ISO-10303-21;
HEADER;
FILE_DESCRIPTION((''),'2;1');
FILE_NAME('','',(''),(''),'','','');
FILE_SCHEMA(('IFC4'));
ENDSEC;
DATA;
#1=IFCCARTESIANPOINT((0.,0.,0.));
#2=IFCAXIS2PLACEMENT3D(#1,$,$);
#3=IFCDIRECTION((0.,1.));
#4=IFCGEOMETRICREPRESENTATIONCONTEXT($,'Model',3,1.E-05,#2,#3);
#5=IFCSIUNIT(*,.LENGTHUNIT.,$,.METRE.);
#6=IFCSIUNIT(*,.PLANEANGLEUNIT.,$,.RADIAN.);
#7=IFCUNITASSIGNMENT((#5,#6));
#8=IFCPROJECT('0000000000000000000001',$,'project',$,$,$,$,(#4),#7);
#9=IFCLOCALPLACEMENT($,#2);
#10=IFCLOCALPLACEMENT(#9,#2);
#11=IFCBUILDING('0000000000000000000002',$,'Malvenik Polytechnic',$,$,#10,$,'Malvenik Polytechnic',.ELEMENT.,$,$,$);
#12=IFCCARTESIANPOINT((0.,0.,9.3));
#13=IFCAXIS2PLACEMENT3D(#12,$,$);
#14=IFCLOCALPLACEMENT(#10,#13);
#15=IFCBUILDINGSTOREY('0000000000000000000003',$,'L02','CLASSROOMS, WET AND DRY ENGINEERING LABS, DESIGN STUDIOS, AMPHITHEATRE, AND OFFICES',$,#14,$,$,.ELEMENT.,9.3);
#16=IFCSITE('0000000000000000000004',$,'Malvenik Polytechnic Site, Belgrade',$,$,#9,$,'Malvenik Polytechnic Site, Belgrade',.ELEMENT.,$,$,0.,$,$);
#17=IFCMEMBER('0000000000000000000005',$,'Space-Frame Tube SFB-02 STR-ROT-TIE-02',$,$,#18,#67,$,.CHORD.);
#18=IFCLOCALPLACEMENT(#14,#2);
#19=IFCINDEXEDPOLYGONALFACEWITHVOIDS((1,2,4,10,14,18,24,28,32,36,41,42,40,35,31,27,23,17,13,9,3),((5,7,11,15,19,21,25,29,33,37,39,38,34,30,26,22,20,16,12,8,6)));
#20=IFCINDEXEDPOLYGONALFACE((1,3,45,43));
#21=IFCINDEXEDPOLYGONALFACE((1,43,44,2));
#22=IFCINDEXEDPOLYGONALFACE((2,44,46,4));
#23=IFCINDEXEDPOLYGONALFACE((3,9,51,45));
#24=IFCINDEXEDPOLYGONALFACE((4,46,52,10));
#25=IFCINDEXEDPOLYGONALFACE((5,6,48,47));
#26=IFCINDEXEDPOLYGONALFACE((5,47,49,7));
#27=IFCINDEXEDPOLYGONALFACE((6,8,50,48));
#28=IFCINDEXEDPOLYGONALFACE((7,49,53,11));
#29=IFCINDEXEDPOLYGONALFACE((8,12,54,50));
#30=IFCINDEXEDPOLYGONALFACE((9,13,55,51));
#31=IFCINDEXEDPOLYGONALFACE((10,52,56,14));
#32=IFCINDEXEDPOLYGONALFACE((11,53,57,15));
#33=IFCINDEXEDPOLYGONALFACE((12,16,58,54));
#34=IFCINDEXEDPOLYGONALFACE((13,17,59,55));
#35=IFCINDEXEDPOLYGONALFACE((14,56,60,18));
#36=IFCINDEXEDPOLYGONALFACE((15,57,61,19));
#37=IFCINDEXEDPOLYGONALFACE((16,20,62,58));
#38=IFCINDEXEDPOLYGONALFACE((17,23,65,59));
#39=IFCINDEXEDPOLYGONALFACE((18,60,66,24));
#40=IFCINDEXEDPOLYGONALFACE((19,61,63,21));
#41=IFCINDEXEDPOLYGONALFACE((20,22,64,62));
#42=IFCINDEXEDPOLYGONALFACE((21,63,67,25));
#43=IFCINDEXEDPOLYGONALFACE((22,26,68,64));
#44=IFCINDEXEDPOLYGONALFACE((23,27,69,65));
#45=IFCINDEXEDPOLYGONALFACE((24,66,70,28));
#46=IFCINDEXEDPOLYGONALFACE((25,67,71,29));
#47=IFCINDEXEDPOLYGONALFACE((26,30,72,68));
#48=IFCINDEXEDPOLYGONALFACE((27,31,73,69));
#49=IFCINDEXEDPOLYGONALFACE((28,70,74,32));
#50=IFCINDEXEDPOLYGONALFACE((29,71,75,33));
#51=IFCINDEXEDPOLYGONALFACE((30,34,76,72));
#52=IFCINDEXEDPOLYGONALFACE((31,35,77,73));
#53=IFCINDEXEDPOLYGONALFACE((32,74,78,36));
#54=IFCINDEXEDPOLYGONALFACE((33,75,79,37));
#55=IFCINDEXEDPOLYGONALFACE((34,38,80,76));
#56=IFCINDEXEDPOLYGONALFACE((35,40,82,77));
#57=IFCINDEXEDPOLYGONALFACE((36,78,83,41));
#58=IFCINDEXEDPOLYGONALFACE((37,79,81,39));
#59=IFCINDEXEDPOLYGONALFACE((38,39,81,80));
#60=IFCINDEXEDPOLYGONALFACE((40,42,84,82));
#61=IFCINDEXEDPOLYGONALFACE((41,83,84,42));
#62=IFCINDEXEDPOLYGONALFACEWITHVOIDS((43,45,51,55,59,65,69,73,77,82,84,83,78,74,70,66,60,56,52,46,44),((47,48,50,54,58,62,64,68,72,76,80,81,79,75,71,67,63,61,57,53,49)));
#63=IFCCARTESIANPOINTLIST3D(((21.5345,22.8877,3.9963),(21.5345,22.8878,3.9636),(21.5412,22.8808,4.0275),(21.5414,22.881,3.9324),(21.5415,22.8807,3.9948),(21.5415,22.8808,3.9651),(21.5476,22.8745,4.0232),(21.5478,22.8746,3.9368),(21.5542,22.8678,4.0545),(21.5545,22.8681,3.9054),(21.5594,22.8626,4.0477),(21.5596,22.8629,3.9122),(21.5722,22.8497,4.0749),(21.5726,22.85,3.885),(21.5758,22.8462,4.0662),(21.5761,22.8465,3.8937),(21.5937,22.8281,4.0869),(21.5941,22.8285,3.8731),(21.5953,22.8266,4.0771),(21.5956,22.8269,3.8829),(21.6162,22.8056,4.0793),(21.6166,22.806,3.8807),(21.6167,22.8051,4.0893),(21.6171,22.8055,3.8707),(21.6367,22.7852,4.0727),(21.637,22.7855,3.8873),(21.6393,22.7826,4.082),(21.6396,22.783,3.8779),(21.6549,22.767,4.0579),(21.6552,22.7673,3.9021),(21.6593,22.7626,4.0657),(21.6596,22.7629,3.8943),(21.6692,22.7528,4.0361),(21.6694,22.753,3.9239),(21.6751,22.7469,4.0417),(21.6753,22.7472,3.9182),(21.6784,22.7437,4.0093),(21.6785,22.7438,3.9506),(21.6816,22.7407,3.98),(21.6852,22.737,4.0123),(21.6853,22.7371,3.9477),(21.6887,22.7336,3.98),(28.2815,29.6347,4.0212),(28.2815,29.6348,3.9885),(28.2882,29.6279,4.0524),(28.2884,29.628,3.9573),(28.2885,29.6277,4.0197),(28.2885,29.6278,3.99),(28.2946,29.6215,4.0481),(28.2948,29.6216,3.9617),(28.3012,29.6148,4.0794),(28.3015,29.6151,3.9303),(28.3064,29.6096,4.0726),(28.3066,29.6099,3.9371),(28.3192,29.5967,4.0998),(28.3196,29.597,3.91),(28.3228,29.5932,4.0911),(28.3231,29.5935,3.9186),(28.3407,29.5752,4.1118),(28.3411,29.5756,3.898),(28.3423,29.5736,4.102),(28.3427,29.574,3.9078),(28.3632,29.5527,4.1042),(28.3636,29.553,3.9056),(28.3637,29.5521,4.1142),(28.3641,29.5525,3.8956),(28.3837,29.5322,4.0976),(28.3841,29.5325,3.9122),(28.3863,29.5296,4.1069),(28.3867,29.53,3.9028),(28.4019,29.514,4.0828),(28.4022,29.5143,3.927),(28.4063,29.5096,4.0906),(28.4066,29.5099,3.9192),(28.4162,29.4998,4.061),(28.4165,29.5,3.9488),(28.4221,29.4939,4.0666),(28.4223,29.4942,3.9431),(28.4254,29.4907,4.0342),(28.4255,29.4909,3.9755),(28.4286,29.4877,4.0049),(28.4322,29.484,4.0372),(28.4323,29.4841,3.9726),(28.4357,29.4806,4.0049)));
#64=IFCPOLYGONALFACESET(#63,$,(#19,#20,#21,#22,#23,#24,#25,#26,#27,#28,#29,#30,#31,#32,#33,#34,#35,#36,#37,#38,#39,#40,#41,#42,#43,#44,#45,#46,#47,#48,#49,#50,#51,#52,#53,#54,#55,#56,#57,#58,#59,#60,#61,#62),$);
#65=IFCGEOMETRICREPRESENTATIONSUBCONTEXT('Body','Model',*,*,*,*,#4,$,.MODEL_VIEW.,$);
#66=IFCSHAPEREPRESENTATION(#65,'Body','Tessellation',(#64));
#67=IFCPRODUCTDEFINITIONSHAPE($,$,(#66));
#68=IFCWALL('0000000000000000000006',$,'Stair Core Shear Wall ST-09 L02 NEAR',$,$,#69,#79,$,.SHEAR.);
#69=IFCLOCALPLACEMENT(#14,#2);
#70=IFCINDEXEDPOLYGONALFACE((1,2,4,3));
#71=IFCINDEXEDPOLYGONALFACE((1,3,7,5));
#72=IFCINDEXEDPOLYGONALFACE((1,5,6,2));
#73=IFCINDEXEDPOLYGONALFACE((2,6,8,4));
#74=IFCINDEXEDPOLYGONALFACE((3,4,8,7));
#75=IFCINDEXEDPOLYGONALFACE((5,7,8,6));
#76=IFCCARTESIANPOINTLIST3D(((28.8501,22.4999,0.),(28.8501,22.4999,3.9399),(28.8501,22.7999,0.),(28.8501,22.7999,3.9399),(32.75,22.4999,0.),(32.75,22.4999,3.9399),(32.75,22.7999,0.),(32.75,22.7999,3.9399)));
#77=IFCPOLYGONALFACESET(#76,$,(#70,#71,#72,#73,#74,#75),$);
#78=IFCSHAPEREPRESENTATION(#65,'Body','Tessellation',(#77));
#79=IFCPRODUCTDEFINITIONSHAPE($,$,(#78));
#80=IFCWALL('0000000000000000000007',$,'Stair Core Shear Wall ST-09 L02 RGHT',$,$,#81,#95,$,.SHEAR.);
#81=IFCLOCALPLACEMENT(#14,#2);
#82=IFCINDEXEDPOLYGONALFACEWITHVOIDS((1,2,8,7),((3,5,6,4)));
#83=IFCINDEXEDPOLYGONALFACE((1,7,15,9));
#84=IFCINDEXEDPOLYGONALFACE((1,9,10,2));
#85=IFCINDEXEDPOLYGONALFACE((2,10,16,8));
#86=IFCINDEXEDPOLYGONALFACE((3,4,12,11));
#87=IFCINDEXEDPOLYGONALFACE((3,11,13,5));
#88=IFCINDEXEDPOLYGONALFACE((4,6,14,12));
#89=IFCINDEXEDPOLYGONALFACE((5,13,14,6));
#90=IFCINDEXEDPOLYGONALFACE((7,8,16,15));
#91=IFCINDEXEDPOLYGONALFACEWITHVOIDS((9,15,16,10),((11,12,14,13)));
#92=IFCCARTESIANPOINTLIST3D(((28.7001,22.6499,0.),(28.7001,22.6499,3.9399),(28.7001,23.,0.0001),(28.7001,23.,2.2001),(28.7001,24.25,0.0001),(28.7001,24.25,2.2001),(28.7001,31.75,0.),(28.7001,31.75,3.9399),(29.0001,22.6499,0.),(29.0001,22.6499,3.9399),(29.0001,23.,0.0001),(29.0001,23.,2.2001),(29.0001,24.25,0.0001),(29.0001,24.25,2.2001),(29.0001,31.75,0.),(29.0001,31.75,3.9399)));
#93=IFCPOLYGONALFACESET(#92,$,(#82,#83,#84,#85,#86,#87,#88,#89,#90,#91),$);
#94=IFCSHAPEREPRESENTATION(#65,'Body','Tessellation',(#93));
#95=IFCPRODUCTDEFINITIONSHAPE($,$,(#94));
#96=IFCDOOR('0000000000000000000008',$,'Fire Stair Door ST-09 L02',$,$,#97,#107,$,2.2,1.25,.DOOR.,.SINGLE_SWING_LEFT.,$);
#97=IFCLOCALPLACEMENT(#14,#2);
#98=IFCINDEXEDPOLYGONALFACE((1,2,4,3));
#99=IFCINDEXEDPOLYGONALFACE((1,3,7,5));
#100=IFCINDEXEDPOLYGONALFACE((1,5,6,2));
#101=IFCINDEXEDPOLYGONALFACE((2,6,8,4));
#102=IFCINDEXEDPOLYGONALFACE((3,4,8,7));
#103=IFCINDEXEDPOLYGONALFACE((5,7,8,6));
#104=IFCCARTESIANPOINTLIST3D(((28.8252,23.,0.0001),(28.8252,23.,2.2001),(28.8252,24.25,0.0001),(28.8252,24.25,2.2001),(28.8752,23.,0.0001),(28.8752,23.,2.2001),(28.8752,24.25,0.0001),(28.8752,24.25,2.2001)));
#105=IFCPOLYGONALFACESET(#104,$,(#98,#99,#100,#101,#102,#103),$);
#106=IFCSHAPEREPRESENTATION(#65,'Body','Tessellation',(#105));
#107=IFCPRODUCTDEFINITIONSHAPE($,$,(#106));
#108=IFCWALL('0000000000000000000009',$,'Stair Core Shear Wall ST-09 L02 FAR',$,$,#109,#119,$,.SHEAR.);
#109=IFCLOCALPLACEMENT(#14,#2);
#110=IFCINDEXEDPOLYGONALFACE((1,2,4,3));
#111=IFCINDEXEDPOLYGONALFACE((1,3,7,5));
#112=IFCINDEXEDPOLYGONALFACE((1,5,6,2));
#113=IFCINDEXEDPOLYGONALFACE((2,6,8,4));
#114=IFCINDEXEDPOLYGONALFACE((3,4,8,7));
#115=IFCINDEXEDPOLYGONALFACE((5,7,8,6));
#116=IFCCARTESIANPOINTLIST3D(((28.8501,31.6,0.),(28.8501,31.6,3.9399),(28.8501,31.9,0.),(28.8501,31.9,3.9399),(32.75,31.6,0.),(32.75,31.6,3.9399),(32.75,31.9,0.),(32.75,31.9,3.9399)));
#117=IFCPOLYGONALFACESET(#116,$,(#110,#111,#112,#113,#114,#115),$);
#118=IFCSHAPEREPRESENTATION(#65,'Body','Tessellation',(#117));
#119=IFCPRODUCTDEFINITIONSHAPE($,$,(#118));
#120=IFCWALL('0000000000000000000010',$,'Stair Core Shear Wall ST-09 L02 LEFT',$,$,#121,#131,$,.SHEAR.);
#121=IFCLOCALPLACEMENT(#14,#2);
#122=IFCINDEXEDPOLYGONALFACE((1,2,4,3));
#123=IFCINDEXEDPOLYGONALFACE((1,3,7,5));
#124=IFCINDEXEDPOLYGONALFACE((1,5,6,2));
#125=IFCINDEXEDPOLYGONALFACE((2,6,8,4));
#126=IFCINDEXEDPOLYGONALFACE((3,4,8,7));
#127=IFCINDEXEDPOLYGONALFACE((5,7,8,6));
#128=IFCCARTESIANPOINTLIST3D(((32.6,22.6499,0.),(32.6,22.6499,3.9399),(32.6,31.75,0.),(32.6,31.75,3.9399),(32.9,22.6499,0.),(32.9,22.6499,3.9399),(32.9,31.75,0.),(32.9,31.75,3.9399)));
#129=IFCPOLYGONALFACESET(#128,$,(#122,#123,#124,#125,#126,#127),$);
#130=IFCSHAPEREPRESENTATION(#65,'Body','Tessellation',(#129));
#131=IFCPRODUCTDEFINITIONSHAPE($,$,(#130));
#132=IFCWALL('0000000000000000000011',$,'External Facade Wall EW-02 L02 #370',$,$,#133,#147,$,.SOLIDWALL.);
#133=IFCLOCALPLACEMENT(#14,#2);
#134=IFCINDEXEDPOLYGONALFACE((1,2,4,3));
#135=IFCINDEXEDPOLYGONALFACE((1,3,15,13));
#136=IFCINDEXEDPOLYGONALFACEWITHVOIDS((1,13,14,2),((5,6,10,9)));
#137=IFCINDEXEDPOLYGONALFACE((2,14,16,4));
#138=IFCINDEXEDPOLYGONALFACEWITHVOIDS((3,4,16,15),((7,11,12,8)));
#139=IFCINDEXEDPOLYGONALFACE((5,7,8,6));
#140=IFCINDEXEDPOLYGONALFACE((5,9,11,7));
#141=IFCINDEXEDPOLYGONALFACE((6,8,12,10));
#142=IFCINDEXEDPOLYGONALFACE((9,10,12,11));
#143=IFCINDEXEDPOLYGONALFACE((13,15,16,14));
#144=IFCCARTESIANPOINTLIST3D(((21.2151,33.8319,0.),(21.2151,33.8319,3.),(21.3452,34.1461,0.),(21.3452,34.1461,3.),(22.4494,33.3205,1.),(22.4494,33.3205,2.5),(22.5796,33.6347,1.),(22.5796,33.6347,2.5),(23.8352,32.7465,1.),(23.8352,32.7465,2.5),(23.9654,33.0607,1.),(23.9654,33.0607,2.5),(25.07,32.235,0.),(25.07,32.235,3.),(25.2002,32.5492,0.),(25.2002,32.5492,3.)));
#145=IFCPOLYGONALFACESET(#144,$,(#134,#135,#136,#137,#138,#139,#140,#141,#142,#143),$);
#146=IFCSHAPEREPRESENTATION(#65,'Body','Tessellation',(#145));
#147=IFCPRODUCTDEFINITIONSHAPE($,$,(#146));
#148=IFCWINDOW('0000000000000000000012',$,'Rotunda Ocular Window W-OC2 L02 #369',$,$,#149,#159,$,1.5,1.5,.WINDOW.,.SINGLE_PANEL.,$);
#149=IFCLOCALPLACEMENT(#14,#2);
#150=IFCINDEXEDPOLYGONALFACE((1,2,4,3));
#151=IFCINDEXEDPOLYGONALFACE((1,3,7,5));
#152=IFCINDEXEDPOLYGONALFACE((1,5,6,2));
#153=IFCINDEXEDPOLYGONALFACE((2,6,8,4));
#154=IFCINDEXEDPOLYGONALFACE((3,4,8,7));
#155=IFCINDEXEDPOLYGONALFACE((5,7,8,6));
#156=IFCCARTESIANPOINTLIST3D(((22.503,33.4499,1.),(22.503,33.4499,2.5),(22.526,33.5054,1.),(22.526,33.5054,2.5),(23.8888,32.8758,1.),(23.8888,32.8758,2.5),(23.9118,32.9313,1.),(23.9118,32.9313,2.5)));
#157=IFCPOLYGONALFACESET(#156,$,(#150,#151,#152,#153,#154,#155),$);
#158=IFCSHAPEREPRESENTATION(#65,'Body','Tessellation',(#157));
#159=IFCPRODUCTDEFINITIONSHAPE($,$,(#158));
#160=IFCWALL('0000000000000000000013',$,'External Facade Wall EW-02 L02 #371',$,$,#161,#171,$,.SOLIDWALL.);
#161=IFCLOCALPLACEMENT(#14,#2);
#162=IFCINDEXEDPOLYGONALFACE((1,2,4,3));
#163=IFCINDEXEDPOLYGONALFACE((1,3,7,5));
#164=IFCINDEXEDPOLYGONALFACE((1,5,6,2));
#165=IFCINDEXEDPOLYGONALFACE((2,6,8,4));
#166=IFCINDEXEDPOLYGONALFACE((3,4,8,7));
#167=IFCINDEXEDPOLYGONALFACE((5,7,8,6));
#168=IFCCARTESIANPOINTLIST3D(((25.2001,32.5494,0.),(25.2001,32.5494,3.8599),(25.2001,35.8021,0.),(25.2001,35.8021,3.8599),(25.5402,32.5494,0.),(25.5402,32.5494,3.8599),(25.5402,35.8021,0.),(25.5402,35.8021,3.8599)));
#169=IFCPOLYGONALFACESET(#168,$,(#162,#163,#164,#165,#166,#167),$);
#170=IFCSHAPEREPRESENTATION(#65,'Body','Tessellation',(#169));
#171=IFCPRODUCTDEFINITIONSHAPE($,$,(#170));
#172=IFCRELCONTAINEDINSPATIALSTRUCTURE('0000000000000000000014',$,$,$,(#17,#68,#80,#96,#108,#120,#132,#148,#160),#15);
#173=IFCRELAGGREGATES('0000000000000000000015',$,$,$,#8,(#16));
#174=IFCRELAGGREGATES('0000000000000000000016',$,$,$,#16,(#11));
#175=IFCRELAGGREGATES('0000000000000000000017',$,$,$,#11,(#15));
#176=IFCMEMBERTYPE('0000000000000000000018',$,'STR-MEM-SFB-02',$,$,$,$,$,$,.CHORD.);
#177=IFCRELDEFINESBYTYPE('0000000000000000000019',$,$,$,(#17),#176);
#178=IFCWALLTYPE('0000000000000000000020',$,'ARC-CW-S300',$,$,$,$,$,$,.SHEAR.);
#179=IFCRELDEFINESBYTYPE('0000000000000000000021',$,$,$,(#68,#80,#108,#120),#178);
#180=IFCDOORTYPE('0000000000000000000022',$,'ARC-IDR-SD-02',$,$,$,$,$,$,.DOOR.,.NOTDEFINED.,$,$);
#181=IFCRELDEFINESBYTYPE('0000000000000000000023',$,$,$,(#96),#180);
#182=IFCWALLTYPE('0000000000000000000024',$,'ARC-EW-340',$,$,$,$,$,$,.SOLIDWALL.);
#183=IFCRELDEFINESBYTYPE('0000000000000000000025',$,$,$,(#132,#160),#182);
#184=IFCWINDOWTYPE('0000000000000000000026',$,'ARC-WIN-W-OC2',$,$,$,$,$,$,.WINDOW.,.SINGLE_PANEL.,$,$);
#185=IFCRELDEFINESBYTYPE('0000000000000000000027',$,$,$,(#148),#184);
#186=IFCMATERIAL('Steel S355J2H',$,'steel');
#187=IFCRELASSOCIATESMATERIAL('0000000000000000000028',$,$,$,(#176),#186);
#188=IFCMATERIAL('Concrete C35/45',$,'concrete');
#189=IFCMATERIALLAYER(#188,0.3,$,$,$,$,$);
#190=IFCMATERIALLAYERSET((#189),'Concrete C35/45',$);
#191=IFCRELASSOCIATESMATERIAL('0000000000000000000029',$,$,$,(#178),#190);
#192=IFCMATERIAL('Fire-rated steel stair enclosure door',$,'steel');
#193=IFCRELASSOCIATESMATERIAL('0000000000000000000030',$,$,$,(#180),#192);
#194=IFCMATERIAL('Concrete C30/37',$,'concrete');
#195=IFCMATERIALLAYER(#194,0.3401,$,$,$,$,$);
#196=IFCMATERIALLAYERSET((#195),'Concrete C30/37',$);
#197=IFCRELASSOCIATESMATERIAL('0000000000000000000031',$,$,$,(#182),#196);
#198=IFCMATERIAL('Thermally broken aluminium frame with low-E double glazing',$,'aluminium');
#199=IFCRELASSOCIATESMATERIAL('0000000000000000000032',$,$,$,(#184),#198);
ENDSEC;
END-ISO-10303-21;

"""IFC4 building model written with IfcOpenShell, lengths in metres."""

from ifc_helpers import new_model, si_unit, direction, frame, frame_2d, origin, origin_2d, place, context, subcontext, project, spatial, rectangle, hollow_circle, extrude, material, layer, layer_set, material_profile, profile_set, type_object, element, fill, save


model = new_model("IFC4")

# Units and contexts
model_context = context("Model", 3, precision=1e-05, world=origin(), true_north=direction((0.0, 1.0)))
body_context = subcontext(model_context, "Body", "Model", "MODEL_VIEW")
ifc_project = project(units=[si_unit("LENGTHUNIT", "METRE"), si_unit("PLANEANGLEUNIT", "RADIAN")], contexts=[model_context])

# Site, building, storey
site_placement = place(None, origin())
site = spatial("IfcSite", under=ifc_project, at=site_placement, Name="Malvenik Polytechnic Site, Belgrade", LongName="Malvenik Polytechnic Site, Belgrade", CompositionType="ELEMENT", RefElevation=0.0)
building_placement = place(site_placement, origin())
building = spatial("IfcBuilding", under=site, at=building_placement, Name="Malvenik Polytechnic", LongName="Malvenik Polytechnic", CompositionType="ELEMENT")
storey_placement = place(building_placement, frame((0.0, 0.0, 9.3)))
storey = spatial("IfcBuildingStorey", under=building, at=storey_placement, Name="L02", Description="CLASSROOMS, WET AND DRY ENGINEERING LABS, DESIGN STUDIOS, AMPHITHEATRE, AND OFFICES", CompositionType="ELEMENT", Elevation=9.3)

# Shared definitions
ifc_material_1 = material(Name="Concrete C35/45", Category="concrete")
ifc_material_2 = material(Name="Concrete C30/37", Category="concrete")

# Shared definitions
ifc_material_3 = material(Name="Steel S355J2H", Category="steel")

# Member
ifc_material_profile_1 = material_profile(ifc_material_3, hollow_circle(Radius=0.1096, WallThickness=0.01, at=origin_2d()), Name="CHS 219.1x10.0")
ifc_profile_set_1 = profile_set([ifc_material_profile_1], Name="Steel S355J2H")
member_type = type_object("IfcMemberType", Name="STR-MEM-SFB-02", PredefinedType="CHORD", material=ifc_profile_set_1)
member_1_placement = place(storey_placement, frame((28.3582, 29.5581, 4.0049), z_axis=(-0.707104, -0.707104, -0.00261), x_axis=(0.707107, -0.707107, 0.0)))
element("IfcMember", 1, at=member_1_placement, inside=storey, type_object=member_type, Name="Space-Frame Tube SFB-02 STR-ROT-TIE-02", PredefinedType="CHORD", context=body_context, shape_type="SweptSolid", body=[
    extrude(hollow_circle(Radius=0.1096, WallThickness=0.01, at=origin_2d()), origin(), (0.0, 0.0, 1.0), 9.5417),
])

# Wall
ifc_layer_1 = layer(ifc_material_1, 0.3)
ifc_layer_set_1 = layer_set([ifc_layer_1], Name="Concrete C35/45")
wall_type_1 = type_object("IfcWallType", Name="ARC-CW-S300", PredefinedType="SHEAR", material=ifc_layer_set_1)
wall_1_placement = place(storey_placement, frame((32.75, 22.6499, 0.0), z_axis=(0.0, 0.0, 1.0), x_axis=(-1.0, 0.0, 0.0)))
element("IfcWall", 2, at=wall_1_placement, inside=storey, type_object=wall_type_1, Name="Stair Core Shear Wall ST-09 L02 NEAR", PredefinedType="SHEAR", context=body_context, shape_type="SweptSolid", body=[
    extrude(rectangle(XDim=3.8999, YDim=0.3, at=frame_2d((1.95, 0.0))), origin(), (0.0, 0.0, 1.0), 3.9399),
])

# Wall, opening, door
wall_2_placement = place(storey_placement, frame((28.8501, 22.6499, 0.0), z_axis=(0.0, 0.0, 1.0), x_axis=(0.0, 1.0, 0.0)))
wall_2 = element("IfcWall", 3, at=wall_2_placement, inside=storey, type_object=wall_type_1, Name="Stair Core Shear Wall ST-09 L02 RGHT", PredefinedType="SHEAR", context=body_context, shape_type="SweptSolid", body=[
    extrude(rectangle(XDim=9.1001, YDim=0.3, at=frame_2d((4.55, 0.0))), origin(), (0.0, 0.0, 1.0), 3.9399),
])
opening_1_placement = place(wall_2_placement, frame((0.3501, 0.0, 0.0)))
opening_1 = element("IfcOpeningElement", 4, at=opening_1_placement, cuts=wall_2, PredefinedType="OPENING", context=body_context, shape_type="SweptSolid", body=[
    extrude(rectangle(XDim=1.25, YDim=2.2, at=frame_2d((0.625, 1.1001))), frame((0.0, 0.1602, 0.0), z_axis=(0.0, -1.0, 0.0), x_axis=(1.0, 0.0, 0.0)), (0.0, 0.0, 1.0), 0.3201),
])
ifc_material_4 = material(Name="Fire-rated steel stair enclosure door", Category="steel")
door_type = type_object("IfcDoorType", Name="ARC-IDR-SD-02", OperationType="NOTDEFINED", PredefinedType="DOOR", material=ifc_material_4)
door_placement = place(opening_1_placement, origin())
door = element("IfcDoor", 5, at=door_placement, inside=storey, type_object=door_type, Name="Fire Stair Door ST-09 L02", OperationType="SINGLE_SWING_LEFT", OverallHeight=2.2, OverallWidth=1.25, PredefinedType="DOOR", context=body_context, shape_type="SweptSolid", body=[
    extrude(rectangle(XDim=1.25, YDim=2.2, at=frame_2d((0.625, 1.1001))), frame((0.0, 0.0249, 0.0), z_axis=(0.0, -1.0, 0.0), x_axis=(1.0, 0.0, 0.0)), (0.0, 0.0, 1.0), 0.05),
])
fill(opening_1, door)

# Walls
wall_3_placement = place(storey_placement, frame((28.8501, 31.75, 0.0), z_axis=(0.0, 0.0, 1.0), x_axis=(1.0, 0.0, 0.0)))
element("IfcWall", 6, at=wall_3_placement, inside=storey, type_object=wall_type_1, Name="Stair Core Shear Wall ST-09 L02 FAR", PredefinedType="SHEAR", context=body_context, shape_type="SweptSolid", body=[
    extrude(rectangle(XDim=3.8999, YDim=0.3, at=frame_2d((1.95, 0.0))), origin(), (0.0, 0.0, 1.0), 3.9399),
])
wall_4_placement = place(storey_placement, frame((32.75, 31.75, 0.0), z_axis=(0.0, 0.0, 1.0), x_axis=(0.0, -1.0, 0.0)))
element("IfcWall", 7, at=wall_4_placement, inside=storey, type_object=wall_type_1, Name="Stair Core Shear Wall ST-09 L02 LEFT", PredefinedType="SHEAR", context=body_context, shape_type="SweptSolid", body=[
    extrude(rectangle(XDim=9.1001, YDim=0.3, at=frame_2d((4.55, 0.0))), origin(), (0.0, 0.0, 1.0), 3.9399),
])

# Wall, opening, window
ifc_layer_2 = layer(ifc_material_2, 0.3401)
ifc_layer_set_2 = layer_set([ifc_layer_2], Name="Concrete C30/37")
wall_type_2 = type_object("IfcWallType", Name="ARC-EW-340", PredefinedType="SOLIDWALL", material=ifc_layer_set_2)
wall_5_placement = place(storey_placement, frame((21.28, 33.989, 0.0), z_axis=(0.0, 0.0, 1.0), x_axis=(0.923868, -0.382712, 0.0)))
wall_5 = element("IfcWall", 8, at=wall_5_placement, inside=storey, type_object=wall_type_2, Name="External Facade Wall EW-02 L02 #370", PredefinedType="SOLIDWALL", context=body_context, shape_type="SweptSolid", body=[
    extrude(rectangle(XDim=4.1726, YDim=0.3401, at=frame_2d((2.0864, 0.0))), origin(), (0.0, 0.0, 1.0), 3.0),
])
opening_2_placement = place(wall_5_placement, frame((1.3362, 0.0, 1.0)))
opening_2 = element("IfcOpeningElement", 9, at=opening_2_placement, cuts=wall_5, PredefinedType="OPENING", context=body_context, shape_type="SweptSolid", body=[
    extrude(rectangle(XDim=1.5, YDim=1.5, at=frame_2d((0.75, 0.75))), frame((0.0, 0.1802, 0.0), z_axis=(0.0, -1.0, 0.0), x_axis=(1.0, 0.0, 0.0)), (0.0, 0.0, 1.0), 0.3601),
])
ifc_material_5 = material(Name="Thermally broken aluminium frame with low-E double glazing", Category="aluminium")
window_type_1 = type_object("IfcWindowType", Name="ARC-WIN-W-OC2", PartitioningType="SINGLE_PANEL", PredefinedType="WINDOW", material=ifc_material_5)
window_1_placement = place(opening_2_placement, origin())
window_1 = element("IfcWindow", 10, at=window_1_placement, inside=storey, type_object=window_type_1, Name="Rotunda Ocular Window W-OC2 L02 #369", OverallHeight=1.5, OverallWidth=1.5, PartitioningType="SINGLE_PANEL", PredefinedType="WINDOW", context=body_context, shape_type="SweptSolid", body=[
    extrude(rectangle(XDim=1.5, YDim=1.5, at=frame_2d((0.75, 0.75))), frame((0.0, 0.03, 0.0), z_axis=(0.0, -1.0, 0.0), x_axis=(1.0, 0.0, 0.0)), (0.0, 0.0, 1.0), 0.0601),
])
fill(opening_2, window_1)

# Wall
wall_6_placement = place(storey_placement, frame((25.3701, 32.5493, 0.0), z_axis=(0.0, 0.0, 1.0), x_axis=(0.0, 1.0, 0.0)))
element("IfcWall", 11, at=wall_6_placement, inside=storey, type_object=wall_type_2, Name="External Facade Wall EW-02 L02 #371", PredefinedType="SOLIDWALL", context=body_context, shape_type="SweptSolid", body=[
    extrude(rectangle(XDim=3.2527, YDim=0.3401, at=frame_2d((1.6265, 0.0))), origin(), (0.0, 0.0, 1.0), 3.8599),
])

save(model, "model.ifc")
